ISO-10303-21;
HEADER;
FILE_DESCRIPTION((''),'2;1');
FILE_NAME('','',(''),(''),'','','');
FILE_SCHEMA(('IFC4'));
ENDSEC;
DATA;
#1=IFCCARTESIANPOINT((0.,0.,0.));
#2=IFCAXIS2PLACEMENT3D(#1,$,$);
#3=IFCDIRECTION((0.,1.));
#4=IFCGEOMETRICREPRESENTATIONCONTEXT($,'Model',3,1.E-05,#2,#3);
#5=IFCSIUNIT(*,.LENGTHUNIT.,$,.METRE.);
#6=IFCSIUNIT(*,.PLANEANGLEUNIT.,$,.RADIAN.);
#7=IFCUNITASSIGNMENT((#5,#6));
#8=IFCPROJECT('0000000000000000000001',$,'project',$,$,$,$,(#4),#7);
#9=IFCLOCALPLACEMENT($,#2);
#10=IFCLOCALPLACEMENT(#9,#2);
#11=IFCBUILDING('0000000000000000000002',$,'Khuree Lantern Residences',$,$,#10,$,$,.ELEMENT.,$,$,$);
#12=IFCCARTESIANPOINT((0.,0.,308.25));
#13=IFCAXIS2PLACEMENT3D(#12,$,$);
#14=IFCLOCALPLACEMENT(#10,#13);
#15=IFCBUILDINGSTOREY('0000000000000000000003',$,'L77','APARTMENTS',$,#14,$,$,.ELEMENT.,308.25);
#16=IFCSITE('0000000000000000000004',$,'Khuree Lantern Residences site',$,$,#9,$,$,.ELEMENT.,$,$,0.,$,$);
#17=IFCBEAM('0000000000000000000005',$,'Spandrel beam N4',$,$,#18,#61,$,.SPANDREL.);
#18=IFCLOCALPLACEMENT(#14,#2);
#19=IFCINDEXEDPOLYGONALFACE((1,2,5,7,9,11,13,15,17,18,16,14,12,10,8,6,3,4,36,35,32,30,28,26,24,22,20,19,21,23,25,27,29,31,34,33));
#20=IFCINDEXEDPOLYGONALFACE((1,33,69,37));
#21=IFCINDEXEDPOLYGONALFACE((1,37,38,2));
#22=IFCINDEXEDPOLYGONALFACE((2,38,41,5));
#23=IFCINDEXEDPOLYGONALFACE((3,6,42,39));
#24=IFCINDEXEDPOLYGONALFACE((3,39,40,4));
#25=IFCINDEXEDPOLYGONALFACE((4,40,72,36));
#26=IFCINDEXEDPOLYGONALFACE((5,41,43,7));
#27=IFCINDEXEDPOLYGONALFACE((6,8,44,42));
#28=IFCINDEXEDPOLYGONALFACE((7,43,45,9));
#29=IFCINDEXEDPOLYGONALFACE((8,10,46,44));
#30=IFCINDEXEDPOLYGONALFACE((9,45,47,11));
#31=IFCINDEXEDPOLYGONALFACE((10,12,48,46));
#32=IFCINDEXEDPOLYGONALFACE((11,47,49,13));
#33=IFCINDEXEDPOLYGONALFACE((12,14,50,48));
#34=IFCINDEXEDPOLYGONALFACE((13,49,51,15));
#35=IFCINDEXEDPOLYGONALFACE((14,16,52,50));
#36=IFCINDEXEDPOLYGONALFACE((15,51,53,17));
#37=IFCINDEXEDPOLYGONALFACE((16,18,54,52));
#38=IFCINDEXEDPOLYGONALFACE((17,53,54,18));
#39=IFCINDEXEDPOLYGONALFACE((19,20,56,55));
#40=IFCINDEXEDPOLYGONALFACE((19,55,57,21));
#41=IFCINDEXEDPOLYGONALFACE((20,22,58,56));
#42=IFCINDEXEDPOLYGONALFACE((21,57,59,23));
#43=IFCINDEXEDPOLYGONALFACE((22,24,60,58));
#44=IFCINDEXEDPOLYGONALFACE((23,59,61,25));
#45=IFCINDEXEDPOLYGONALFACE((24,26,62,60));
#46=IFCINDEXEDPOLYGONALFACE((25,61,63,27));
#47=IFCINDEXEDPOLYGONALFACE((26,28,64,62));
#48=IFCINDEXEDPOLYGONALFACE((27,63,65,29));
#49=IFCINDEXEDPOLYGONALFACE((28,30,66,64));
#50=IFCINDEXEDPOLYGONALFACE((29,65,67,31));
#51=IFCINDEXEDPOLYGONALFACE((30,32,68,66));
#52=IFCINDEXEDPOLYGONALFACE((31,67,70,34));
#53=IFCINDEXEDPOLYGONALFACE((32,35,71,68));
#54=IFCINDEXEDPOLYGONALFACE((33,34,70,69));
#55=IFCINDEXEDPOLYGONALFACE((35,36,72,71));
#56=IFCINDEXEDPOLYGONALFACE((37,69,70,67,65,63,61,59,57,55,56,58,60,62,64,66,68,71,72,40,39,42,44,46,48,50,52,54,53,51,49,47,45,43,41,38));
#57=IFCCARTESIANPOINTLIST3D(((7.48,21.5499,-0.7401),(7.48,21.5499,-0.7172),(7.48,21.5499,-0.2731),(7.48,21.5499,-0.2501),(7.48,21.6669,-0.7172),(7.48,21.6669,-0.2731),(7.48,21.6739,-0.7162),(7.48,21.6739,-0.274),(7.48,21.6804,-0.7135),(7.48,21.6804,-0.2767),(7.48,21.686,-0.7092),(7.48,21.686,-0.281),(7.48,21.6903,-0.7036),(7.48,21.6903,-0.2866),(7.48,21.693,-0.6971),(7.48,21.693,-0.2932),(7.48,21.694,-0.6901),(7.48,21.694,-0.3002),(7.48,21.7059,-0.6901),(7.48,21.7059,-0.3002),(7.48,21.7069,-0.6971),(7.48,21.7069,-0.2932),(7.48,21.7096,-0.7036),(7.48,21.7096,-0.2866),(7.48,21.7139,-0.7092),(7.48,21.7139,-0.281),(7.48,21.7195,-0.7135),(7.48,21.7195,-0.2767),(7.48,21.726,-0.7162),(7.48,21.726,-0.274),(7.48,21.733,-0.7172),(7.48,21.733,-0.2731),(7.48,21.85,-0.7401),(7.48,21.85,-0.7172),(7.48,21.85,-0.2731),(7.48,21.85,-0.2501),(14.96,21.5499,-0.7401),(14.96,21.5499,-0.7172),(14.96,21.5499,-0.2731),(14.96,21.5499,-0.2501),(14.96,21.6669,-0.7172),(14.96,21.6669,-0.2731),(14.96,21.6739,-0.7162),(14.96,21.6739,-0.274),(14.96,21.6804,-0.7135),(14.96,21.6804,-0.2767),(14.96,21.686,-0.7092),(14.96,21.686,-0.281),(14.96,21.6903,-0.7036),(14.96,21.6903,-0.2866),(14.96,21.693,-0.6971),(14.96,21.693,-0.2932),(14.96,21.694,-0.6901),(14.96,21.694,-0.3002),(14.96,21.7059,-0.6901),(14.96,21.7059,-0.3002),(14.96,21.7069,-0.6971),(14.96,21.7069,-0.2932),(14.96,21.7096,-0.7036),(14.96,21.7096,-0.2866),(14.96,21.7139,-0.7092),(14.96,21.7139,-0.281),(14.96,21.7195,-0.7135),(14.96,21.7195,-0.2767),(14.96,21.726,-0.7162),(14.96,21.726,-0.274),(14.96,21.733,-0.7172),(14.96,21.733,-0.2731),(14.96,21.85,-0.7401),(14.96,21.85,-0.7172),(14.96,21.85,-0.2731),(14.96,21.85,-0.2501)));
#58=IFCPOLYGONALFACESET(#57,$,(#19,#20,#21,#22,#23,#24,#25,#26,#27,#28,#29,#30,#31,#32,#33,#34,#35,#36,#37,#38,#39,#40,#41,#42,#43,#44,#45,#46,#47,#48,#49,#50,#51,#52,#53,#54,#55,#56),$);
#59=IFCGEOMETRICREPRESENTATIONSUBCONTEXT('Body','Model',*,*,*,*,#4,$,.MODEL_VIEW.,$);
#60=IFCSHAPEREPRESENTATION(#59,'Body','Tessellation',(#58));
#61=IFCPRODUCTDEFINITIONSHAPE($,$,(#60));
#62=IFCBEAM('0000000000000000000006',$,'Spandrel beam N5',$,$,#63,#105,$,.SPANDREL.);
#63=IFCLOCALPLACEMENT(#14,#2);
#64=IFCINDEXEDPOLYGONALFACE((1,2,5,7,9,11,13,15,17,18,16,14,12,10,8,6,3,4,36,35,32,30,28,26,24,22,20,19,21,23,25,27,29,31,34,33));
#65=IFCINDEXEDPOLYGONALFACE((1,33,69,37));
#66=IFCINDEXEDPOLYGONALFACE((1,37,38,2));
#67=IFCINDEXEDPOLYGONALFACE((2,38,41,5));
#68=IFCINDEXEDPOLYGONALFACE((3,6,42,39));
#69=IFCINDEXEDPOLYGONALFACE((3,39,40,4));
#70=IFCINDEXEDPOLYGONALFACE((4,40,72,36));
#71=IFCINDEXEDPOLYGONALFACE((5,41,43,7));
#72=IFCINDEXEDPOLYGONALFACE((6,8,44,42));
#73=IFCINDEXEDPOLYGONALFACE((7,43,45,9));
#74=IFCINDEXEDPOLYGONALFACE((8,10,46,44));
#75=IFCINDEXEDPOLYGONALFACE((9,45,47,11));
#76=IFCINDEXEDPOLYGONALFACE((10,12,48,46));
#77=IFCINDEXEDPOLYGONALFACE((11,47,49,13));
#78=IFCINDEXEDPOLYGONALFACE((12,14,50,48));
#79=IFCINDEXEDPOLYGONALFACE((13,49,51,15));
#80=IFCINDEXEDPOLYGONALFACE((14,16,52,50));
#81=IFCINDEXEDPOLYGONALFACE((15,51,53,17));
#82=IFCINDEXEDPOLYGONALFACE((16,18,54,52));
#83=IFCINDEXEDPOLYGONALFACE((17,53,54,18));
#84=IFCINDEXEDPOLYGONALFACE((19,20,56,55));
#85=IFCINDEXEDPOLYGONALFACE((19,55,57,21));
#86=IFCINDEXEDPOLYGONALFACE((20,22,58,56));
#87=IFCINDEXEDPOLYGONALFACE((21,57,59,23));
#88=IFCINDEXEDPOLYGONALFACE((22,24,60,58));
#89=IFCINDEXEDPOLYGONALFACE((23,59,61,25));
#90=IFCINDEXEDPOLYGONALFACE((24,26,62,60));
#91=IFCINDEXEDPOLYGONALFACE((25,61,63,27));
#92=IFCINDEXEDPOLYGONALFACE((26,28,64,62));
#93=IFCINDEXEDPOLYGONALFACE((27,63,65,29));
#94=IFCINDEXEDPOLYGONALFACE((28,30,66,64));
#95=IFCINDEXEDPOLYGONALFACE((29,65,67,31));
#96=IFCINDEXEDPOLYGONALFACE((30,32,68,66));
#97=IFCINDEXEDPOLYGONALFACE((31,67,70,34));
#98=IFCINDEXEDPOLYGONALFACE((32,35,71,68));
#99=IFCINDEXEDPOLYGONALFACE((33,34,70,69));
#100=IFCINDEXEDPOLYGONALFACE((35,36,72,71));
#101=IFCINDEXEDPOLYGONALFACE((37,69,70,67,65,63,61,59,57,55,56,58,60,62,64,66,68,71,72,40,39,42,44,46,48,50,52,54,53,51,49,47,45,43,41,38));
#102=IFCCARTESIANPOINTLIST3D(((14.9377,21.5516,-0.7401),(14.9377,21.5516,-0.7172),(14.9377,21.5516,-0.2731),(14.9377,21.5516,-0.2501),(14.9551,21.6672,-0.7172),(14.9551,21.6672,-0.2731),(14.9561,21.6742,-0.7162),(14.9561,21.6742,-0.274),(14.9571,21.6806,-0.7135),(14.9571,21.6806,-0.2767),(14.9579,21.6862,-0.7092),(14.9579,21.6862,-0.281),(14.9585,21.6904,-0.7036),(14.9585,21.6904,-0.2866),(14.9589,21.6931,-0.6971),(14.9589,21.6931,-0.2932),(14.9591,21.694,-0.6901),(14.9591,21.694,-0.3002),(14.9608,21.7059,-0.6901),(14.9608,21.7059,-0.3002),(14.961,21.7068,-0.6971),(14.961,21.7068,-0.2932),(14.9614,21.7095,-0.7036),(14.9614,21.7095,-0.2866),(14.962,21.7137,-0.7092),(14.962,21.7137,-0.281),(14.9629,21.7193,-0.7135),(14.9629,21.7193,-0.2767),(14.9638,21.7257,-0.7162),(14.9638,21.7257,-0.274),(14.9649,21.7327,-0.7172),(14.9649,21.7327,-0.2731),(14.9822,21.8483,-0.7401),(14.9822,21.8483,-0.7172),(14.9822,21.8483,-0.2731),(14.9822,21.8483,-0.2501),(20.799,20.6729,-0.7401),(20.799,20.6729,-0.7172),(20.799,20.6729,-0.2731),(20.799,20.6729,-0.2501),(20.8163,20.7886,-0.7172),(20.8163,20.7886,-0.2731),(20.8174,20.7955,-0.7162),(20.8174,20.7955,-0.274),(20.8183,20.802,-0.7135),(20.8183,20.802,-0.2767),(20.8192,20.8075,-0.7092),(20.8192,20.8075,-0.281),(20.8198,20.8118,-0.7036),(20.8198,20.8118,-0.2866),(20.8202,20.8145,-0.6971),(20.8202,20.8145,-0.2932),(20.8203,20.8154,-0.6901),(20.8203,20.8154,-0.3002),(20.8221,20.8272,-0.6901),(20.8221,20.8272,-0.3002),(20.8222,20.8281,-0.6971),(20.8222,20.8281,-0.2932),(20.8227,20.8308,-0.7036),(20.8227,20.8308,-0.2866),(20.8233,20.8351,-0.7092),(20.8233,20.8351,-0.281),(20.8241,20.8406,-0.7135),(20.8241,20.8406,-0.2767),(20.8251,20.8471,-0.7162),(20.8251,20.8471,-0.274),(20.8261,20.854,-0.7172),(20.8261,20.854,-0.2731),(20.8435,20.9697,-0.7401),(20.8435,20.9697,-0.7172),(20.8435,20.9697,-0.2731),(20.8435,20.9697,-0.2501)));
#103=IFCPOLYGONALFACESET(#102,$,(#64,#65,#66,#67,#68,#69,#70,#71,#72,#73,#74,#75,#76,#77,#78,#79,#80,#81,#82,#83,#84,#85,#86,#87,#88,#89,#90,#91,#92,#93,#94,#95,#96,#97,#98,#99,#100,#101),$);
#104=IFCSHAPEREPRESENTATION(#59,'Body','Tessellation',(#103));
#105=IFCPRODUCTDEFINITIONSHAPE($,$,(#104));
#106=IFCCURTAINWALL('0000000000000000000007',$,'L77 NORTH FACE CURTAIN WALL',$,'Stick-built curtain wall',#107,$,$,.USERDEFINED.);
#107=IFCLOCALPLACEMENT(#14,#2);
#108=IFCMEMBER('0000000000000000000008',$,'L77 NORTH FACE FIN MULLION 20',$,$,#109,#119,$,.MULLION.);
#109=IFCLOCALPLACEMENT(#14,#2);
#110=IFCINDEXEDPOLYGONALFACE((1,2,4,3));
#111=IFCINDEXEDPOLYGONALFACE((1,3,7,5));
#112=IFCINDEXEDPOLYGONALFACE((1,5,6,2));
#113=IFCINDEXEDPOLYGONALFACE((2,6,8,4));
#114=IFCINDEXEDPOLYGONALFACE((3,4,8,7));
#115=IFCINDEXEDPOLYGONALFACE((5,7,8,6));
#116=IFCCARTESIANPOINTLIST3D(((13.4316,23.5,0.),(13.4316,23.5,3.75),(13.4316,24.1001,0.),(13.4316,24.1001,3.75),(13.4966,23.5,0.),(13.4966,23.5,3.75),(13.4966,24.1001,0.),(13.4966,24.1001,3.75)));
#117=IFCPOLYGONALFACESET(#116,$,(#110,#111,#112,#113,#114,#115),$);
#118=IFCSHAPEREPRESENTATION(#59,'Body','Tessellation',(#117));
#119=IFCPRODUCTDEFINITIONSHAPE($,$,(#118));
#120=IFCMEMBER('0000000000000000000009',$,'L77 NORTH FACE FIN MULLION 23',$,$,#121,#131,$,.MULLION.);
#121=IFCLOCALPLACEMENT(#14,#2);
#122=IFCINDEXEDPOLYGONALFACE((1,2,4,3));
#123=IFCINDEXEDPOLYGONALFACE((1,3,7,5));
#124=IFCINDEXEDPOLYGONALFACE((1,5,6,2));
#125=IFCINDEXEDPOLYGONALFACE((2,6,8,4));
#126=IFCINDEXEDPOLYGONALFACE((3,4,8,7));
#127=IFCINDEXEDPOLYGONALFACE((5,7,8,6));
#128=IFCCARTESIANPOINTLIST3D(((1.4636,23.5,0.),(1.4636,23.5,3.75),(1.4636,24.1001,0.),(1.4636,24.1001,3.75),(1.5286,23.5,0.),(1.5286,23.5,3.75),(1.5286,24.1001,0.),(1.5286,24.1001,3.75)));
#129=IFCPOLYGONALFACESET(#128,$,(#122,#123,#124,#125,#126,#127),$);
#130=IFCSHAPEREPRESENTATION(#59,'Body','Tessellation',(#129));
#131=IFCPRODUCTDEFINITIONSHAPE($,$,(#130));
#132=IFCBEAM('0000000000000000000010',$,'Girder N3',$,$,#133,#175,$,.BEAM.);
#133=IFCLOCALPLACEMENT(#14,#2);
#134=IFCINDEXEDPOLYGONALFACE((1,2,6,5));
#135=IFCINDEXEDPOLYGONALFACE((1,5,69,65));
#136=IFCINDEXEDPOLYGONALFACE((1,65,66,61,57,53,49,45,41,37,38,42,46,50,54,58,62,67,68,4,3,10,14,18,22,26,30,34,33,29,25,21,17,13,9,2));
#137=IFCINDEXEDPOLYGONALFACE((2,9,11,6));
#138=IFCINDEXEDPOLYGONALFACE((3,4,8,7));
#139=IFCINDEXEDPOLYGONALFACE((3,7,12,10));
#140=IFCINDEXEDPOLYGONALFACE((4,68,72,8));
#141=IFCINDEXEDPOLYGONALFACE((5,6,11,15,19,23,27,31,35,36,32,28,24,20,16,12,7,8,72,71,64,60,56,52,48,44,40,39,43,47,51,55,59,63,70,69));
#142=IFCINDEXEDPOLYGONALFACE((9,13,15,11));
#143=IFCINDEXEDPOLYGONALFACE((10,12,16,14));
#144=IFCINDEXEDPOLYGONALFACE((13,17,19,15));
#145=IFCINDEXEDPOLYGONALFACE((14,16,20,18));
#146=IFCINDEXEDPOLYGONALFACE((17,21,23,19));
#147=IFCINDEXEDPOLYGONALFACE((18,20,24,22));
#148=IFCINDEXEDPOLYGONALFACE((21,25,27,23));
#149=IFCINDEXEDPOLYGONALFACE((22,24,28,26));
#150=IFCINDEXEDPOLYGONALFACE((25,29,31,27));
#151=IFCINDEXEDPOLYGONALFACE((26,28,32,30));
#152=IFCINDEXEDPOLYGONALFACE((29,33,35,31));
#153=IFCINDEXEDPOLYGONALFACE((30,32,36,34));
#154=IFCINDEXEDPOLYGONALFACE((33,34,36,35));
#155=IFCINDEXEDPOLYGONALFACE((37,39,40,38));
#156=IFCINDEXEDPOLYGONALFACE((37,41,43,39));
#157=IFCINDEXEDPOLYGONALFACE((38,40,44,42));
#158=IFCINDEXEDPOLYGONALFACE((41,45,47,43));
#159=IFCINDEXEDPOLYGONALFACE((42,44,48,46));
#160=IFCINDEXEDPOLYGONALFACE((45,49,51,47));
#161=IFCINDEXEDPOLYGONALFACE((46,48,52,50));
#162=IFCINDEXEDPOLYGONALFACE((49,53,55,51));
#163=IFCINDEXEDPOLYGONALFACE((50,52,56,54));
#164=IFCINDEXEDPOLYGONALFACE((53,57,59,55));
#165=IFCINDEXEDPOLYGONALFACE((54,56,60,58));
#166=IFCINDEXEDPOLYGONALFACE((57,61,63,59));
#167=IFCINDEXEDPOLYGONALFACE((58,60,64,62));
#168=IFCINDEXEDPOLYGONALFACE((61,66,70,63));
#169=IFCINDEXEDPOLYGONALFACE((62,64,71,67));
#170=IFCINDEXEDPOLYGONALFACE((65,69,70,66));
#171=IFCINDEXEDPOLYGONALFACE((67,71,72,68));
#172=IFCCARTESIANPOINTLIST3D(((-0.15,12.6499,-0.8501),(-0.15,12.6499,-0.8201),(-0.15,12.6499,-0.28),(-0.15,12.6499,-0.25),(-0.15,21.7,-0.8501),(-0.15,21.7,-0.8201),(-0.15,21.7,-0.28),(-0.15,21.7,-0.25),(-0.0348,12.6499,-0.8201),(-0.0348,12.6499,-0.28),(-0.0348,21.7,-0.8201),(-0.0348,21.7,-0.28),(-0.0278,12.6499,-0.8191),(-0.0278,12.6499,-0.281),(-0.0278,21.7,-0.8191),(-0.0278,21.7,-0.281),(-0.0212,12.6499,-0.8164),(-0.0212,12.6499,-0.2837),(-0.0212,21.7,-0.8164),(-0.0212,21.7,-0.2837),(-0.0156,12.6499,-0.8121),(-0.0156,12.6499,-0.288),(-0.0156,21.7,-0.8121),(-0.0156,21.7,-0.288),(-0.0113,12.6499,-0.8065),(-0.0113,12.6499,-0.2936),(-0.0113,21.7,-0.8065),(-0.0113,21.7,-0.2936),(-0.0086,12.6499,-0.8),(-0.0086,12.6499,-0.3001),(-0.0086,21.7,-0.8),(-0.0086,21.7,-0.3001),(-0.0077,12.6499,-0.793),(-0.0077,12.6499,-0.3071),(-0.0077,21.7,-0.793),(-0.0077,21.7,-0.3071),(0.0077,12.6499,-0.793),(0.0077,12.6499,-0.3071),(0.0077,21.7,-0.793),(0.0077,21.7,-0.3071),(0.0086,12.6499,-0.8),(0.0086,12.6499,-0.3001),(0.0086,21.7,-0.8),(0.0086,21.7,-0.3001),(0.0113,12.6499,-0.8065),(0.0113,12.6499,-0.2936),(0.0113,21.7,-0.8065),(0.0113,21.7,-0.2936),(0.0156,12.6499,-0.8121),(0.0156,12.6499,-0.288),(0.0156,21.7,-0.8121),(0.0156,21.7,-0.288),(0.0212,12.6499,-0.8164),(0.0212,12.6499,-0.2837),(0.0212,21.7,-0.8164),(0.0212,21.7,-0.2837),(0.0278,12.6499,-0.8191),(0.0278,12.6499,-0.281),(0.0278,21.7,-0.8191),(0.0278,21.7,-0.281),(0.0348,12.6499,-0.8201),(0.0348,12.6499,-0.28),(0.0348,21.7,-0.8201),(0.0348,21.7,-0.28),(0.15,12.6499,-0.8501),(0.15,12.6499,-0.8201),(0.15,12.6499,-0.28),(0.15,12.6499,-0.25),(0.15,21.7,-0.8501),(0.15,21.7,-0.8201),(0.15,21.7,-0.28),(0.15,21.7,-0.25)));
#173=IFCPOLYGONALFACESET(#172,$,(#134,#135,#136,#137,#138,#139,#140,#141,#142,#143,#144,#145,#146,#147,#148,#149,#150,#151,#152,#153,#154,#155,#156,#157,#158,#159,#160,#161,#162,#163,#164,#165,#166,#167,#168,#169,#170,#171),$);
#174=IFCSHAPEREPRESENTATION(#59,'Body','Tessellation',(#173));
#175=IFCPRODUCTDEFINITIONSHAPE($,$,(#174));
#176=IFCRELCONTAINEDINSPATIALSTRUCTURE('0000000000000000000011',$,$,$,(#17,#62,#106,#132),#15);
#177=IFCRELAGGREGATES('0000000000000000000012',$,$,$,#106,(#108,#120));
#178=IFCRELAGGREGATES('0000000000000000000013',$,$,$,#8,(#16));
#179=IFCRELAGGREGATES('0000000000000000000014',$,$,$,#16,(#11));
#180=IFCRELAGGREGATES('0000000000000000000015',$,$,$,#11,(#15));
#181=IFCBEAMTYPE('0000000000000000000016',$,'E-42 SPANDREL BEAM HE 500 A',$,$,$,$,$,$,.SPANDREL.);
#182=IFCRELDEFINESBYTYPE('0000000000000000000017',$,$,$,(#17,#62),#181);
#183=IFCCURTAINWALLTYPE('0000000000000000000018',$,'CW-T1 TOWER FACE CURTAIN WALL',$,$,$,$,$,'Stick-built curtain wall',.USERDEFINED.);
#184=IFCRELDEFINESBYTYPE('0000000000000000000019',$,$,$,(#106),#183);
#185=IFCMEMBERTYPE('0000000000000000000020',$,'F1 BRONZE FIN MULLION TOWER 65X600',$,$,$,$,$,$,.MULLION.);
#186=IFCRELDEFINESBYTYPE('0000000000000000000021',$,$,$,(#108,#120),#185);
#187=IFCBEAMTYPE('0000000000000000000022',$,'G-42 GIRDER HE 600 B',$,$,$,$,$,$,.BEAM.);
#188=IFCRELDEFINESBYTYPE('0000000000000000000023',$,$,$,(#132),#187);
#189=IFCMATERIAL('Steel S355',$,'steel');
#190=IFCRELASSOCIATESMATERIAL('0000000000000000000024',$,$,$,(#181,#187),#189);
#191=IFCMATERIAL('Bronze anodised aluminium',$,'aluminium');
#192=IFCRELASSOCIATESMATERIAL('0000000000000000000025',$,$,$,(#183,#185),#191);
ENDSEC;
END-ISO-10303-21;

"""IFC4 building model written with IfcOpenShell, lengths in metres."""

from ifc_helpers import new_model, si_unit, direction, frame, origin, origin_2d, place, context, subcontext, project, spatial, rectangle, i_section, extrude, material, material_profile, profile_set, type_object, element, aggregate, save


model = new_model("IFC4")

# Units and contexts
model_context = context("Model", 3, precision=1e-05, world=origin(), true_north=direction((0.0, 1.0)))
body_context = subcontext(model_context, "Body", "Model", "MODEL_VIEW")
ifc_project = project(units=[si_unit("LENGTHUNIT", "METRE"), si_unit("PLANEANGLEUNIT", "RADIAN")], contexts=[model_context])

# Site, building, storey
site_placement = place(None, origin())
site = spatial("IfcSite", under=ifc_project, at=site_placement, Name="Khuree Lantern Residences site", CompositionType="ELEMENT", RefElevation=0.0)
building_placement = place(site_placement, origin())
building = spatial("IfcBuilding", under=site, at=building_placement, Name="Khuree Lantern Residences", CompositionType="ELEMENT")
storey_placement = place(building_placement, frame((0.0, 0.0, 308.25)))
storey = spatial("IfcBuildingStorey", under=building, at=storey_placement, Name="L77", Description="APARTMENTS", CompositionType="ELEMENT", Elevation=308.25)

# Beams
ifc_material_1 = material(Name="Steel S355", Category="steel")
ifc_material_profile_1 = material_profile(ifc_material_1, i_section(OverallWidth=0.3, OverallDepth=0.49, WebThickness=0.012, FlangeThickness=0.0229, FilletRadius=0.0271, at=origin_2d()), Name="HE 500 A")
ifc_profile_set_1 = profile_set([ifc_material_profile_1], Name="Steel S355")
beam_type_1 = type_object("IfcBeamType", Name="E-42 SPANDREL BEAM HE 500 A", PredefinedType="SPANDREL", material=ifc_profile_set_1)
for number, where, z_axis, x_axis, name in (
    (1, (7.48, 21.7, -0.4951), (1.0, 0.0, 0.0), (0.0, 1.0, 0.0), "Spandrel beam N4"),
):
    element("IfcBeam", number, at=place(storey_placement, frame(where, z_axis=z_axis, x_axis=x_axis)), inside=storey, type_object=beam_type_1, Name=name, PredefinedType="SPANDREL", context=body_context, shape_type="SweptSolid", body=[
        extrude(i_section(OverallWidth=0.3, OverallDepth=0.49, WebThickness=0.012, FlangeThickness=0.0229, FilletRadius=0.0271, at=origin_2d()), origin(), (0.0, 0.0, 1.0), 7.48),
    ])
beam_placement = place(storey_placement, frame((14.96, 21.7, -0.4951), z_axis=(0.98895, -0.148252, 0.0), x_axis=(0.148252, 0.98895, 0.0)))
element("IfcBeam", 2, at=beam_placement, inside=storey, type_object=beam_type_1, Name="Spandrel beam N5", PredefinedType="SPANDREL", context=body_context, shape_type="SweptSolid", body=[
    extrude(i_section(OverallWidth=0.3, OverallDepth=0.49, WebThickness=0.012, FlangeThickness=0.0229, FilletRadius=0.0271, at=origin_2d()), origin(), (0.0, 0.0, 1.0), 5.9268),
])

# Curtain wall, members
ifc_material_2 = material(Name="Bronze anodised aluminium", Category="aluminium")
curtain_wall_type = type_object("IfcCurtainWallType", Name="CW-T1 TOWER FACE CURTAIN WALL", ElementType="Stick-built curtain wall", PredefinedType="USERDEFINED", material=ifc_material_2)
curtain_wall_placement = place(storey_placement, origin())
curtain_wall = element("IfcCurtainWall", 3, at=curtain_wall_placement, inside=storey, type_object=curtain_wall_type, Name="L77 NORTH FACE CURTAIN WALL", ObjectType="Stick-built curtain wall", PredefinedType="USERDEFINED")
ifc_material_profile_2 = material_profile(ifc_material_2, rectangle(XDim=0.0649, YDim=0.6001, at=origin_2d()), Name="F1 65X600")
ifc_profile_set_2 = profile_set([ifc_material_profile_2], Name="Bronze anodised aluminium")
member_type_1 = type_object("IfcMemberType", Name="F1 BRONZE FIN MULLION TOWER 65X600", PredefinedType="MULLION", material=ifc_profile_set_2)
member_1_placement = place(storey_placement, frame((13.4641, 23.8, 0.0), z_axis=(0.0, 0.0, 1.0), x_axis=(-1.0, 0.0, 0.0)))
member_1 = element("IfcMember", 4, at=member_1_placement, type_object=member_type_1, Name="L77 NORTH FACE FIN MULLION 20", PredefinedType="MULLION", context=body_context, shape_type="SweptSolid", body=[
    extrude(rectangle(XDim=0.0649, YDim=0.6001, at=origin_2d()), origin(), (0.0, 0.0, 1.0), 3.75),
])
member_2_placement = place(storey_placement, frame((1.4961, 23.8, 0.0), z_axis=(0.0, 0.0, 1.0), x_axis=(-1.0, 0.0, 0.0)))
member_2 = element("IfcMember", 5, at=member_2_placement, type_object=member_type_1, Name="L77 NORTH FACE FIN MULLION 23", PredefinedType="MULLION", context=body_context, shape_type="SweptSolid", body=[
    extrude(rectangle(XDim=0.0649, YDim=0.6001, at=origin_2d()), origin(), (0.0, 0.0, 1.0), 3.75),
])

# Beam
ifc_material_profile_3 = material_profile(ifc_material_1, i_section(OverallWidth=0.3, OverallDepth=0.6001, WebThickness=0.0154, FlangeThickness=0.03, FilletRadius=0.0271, at=origin_2d()), Name="HE 600 B")
ifc_profile_set_3 = profile_set([ifc_material_profile_3], Name="Steel S355")
beam_type_2 = type_object("IfcBeamType", Name="G-42 GIRDER HE 600 B", PredefinedType="BEAM", material=ifc_profile_set_3)
for number, where, z_axis, x_axis, name in (
    (6, (0.0, 21.7, -0.55), (0.0, -1.0, 0.0), (1.0, 0.0, 0.0), "Girder N3"),
):
    element("IfcBeam", number, at=place(storey_placement, frame(where, z_axis=z_axis, x_axis=x_axis)), inside=storey, type_object=beam_type_2, Name=name, PredefinedType="BEAM", context=body_context, shape_type="SweptSolid", body=[
        extrude(i_section(OverallWidth=0.3, OverallDepth=0.6001, WebThickness=0.0154, FlangeThickness=0.03, FilletRadius=0.0271, at=origin_2d()), origin(), (0.0, 0.0, 1.0), 9.05),
    ])

aggregate(curtain_wall, [member_1, member_2])

save(model, "model.ifc")
